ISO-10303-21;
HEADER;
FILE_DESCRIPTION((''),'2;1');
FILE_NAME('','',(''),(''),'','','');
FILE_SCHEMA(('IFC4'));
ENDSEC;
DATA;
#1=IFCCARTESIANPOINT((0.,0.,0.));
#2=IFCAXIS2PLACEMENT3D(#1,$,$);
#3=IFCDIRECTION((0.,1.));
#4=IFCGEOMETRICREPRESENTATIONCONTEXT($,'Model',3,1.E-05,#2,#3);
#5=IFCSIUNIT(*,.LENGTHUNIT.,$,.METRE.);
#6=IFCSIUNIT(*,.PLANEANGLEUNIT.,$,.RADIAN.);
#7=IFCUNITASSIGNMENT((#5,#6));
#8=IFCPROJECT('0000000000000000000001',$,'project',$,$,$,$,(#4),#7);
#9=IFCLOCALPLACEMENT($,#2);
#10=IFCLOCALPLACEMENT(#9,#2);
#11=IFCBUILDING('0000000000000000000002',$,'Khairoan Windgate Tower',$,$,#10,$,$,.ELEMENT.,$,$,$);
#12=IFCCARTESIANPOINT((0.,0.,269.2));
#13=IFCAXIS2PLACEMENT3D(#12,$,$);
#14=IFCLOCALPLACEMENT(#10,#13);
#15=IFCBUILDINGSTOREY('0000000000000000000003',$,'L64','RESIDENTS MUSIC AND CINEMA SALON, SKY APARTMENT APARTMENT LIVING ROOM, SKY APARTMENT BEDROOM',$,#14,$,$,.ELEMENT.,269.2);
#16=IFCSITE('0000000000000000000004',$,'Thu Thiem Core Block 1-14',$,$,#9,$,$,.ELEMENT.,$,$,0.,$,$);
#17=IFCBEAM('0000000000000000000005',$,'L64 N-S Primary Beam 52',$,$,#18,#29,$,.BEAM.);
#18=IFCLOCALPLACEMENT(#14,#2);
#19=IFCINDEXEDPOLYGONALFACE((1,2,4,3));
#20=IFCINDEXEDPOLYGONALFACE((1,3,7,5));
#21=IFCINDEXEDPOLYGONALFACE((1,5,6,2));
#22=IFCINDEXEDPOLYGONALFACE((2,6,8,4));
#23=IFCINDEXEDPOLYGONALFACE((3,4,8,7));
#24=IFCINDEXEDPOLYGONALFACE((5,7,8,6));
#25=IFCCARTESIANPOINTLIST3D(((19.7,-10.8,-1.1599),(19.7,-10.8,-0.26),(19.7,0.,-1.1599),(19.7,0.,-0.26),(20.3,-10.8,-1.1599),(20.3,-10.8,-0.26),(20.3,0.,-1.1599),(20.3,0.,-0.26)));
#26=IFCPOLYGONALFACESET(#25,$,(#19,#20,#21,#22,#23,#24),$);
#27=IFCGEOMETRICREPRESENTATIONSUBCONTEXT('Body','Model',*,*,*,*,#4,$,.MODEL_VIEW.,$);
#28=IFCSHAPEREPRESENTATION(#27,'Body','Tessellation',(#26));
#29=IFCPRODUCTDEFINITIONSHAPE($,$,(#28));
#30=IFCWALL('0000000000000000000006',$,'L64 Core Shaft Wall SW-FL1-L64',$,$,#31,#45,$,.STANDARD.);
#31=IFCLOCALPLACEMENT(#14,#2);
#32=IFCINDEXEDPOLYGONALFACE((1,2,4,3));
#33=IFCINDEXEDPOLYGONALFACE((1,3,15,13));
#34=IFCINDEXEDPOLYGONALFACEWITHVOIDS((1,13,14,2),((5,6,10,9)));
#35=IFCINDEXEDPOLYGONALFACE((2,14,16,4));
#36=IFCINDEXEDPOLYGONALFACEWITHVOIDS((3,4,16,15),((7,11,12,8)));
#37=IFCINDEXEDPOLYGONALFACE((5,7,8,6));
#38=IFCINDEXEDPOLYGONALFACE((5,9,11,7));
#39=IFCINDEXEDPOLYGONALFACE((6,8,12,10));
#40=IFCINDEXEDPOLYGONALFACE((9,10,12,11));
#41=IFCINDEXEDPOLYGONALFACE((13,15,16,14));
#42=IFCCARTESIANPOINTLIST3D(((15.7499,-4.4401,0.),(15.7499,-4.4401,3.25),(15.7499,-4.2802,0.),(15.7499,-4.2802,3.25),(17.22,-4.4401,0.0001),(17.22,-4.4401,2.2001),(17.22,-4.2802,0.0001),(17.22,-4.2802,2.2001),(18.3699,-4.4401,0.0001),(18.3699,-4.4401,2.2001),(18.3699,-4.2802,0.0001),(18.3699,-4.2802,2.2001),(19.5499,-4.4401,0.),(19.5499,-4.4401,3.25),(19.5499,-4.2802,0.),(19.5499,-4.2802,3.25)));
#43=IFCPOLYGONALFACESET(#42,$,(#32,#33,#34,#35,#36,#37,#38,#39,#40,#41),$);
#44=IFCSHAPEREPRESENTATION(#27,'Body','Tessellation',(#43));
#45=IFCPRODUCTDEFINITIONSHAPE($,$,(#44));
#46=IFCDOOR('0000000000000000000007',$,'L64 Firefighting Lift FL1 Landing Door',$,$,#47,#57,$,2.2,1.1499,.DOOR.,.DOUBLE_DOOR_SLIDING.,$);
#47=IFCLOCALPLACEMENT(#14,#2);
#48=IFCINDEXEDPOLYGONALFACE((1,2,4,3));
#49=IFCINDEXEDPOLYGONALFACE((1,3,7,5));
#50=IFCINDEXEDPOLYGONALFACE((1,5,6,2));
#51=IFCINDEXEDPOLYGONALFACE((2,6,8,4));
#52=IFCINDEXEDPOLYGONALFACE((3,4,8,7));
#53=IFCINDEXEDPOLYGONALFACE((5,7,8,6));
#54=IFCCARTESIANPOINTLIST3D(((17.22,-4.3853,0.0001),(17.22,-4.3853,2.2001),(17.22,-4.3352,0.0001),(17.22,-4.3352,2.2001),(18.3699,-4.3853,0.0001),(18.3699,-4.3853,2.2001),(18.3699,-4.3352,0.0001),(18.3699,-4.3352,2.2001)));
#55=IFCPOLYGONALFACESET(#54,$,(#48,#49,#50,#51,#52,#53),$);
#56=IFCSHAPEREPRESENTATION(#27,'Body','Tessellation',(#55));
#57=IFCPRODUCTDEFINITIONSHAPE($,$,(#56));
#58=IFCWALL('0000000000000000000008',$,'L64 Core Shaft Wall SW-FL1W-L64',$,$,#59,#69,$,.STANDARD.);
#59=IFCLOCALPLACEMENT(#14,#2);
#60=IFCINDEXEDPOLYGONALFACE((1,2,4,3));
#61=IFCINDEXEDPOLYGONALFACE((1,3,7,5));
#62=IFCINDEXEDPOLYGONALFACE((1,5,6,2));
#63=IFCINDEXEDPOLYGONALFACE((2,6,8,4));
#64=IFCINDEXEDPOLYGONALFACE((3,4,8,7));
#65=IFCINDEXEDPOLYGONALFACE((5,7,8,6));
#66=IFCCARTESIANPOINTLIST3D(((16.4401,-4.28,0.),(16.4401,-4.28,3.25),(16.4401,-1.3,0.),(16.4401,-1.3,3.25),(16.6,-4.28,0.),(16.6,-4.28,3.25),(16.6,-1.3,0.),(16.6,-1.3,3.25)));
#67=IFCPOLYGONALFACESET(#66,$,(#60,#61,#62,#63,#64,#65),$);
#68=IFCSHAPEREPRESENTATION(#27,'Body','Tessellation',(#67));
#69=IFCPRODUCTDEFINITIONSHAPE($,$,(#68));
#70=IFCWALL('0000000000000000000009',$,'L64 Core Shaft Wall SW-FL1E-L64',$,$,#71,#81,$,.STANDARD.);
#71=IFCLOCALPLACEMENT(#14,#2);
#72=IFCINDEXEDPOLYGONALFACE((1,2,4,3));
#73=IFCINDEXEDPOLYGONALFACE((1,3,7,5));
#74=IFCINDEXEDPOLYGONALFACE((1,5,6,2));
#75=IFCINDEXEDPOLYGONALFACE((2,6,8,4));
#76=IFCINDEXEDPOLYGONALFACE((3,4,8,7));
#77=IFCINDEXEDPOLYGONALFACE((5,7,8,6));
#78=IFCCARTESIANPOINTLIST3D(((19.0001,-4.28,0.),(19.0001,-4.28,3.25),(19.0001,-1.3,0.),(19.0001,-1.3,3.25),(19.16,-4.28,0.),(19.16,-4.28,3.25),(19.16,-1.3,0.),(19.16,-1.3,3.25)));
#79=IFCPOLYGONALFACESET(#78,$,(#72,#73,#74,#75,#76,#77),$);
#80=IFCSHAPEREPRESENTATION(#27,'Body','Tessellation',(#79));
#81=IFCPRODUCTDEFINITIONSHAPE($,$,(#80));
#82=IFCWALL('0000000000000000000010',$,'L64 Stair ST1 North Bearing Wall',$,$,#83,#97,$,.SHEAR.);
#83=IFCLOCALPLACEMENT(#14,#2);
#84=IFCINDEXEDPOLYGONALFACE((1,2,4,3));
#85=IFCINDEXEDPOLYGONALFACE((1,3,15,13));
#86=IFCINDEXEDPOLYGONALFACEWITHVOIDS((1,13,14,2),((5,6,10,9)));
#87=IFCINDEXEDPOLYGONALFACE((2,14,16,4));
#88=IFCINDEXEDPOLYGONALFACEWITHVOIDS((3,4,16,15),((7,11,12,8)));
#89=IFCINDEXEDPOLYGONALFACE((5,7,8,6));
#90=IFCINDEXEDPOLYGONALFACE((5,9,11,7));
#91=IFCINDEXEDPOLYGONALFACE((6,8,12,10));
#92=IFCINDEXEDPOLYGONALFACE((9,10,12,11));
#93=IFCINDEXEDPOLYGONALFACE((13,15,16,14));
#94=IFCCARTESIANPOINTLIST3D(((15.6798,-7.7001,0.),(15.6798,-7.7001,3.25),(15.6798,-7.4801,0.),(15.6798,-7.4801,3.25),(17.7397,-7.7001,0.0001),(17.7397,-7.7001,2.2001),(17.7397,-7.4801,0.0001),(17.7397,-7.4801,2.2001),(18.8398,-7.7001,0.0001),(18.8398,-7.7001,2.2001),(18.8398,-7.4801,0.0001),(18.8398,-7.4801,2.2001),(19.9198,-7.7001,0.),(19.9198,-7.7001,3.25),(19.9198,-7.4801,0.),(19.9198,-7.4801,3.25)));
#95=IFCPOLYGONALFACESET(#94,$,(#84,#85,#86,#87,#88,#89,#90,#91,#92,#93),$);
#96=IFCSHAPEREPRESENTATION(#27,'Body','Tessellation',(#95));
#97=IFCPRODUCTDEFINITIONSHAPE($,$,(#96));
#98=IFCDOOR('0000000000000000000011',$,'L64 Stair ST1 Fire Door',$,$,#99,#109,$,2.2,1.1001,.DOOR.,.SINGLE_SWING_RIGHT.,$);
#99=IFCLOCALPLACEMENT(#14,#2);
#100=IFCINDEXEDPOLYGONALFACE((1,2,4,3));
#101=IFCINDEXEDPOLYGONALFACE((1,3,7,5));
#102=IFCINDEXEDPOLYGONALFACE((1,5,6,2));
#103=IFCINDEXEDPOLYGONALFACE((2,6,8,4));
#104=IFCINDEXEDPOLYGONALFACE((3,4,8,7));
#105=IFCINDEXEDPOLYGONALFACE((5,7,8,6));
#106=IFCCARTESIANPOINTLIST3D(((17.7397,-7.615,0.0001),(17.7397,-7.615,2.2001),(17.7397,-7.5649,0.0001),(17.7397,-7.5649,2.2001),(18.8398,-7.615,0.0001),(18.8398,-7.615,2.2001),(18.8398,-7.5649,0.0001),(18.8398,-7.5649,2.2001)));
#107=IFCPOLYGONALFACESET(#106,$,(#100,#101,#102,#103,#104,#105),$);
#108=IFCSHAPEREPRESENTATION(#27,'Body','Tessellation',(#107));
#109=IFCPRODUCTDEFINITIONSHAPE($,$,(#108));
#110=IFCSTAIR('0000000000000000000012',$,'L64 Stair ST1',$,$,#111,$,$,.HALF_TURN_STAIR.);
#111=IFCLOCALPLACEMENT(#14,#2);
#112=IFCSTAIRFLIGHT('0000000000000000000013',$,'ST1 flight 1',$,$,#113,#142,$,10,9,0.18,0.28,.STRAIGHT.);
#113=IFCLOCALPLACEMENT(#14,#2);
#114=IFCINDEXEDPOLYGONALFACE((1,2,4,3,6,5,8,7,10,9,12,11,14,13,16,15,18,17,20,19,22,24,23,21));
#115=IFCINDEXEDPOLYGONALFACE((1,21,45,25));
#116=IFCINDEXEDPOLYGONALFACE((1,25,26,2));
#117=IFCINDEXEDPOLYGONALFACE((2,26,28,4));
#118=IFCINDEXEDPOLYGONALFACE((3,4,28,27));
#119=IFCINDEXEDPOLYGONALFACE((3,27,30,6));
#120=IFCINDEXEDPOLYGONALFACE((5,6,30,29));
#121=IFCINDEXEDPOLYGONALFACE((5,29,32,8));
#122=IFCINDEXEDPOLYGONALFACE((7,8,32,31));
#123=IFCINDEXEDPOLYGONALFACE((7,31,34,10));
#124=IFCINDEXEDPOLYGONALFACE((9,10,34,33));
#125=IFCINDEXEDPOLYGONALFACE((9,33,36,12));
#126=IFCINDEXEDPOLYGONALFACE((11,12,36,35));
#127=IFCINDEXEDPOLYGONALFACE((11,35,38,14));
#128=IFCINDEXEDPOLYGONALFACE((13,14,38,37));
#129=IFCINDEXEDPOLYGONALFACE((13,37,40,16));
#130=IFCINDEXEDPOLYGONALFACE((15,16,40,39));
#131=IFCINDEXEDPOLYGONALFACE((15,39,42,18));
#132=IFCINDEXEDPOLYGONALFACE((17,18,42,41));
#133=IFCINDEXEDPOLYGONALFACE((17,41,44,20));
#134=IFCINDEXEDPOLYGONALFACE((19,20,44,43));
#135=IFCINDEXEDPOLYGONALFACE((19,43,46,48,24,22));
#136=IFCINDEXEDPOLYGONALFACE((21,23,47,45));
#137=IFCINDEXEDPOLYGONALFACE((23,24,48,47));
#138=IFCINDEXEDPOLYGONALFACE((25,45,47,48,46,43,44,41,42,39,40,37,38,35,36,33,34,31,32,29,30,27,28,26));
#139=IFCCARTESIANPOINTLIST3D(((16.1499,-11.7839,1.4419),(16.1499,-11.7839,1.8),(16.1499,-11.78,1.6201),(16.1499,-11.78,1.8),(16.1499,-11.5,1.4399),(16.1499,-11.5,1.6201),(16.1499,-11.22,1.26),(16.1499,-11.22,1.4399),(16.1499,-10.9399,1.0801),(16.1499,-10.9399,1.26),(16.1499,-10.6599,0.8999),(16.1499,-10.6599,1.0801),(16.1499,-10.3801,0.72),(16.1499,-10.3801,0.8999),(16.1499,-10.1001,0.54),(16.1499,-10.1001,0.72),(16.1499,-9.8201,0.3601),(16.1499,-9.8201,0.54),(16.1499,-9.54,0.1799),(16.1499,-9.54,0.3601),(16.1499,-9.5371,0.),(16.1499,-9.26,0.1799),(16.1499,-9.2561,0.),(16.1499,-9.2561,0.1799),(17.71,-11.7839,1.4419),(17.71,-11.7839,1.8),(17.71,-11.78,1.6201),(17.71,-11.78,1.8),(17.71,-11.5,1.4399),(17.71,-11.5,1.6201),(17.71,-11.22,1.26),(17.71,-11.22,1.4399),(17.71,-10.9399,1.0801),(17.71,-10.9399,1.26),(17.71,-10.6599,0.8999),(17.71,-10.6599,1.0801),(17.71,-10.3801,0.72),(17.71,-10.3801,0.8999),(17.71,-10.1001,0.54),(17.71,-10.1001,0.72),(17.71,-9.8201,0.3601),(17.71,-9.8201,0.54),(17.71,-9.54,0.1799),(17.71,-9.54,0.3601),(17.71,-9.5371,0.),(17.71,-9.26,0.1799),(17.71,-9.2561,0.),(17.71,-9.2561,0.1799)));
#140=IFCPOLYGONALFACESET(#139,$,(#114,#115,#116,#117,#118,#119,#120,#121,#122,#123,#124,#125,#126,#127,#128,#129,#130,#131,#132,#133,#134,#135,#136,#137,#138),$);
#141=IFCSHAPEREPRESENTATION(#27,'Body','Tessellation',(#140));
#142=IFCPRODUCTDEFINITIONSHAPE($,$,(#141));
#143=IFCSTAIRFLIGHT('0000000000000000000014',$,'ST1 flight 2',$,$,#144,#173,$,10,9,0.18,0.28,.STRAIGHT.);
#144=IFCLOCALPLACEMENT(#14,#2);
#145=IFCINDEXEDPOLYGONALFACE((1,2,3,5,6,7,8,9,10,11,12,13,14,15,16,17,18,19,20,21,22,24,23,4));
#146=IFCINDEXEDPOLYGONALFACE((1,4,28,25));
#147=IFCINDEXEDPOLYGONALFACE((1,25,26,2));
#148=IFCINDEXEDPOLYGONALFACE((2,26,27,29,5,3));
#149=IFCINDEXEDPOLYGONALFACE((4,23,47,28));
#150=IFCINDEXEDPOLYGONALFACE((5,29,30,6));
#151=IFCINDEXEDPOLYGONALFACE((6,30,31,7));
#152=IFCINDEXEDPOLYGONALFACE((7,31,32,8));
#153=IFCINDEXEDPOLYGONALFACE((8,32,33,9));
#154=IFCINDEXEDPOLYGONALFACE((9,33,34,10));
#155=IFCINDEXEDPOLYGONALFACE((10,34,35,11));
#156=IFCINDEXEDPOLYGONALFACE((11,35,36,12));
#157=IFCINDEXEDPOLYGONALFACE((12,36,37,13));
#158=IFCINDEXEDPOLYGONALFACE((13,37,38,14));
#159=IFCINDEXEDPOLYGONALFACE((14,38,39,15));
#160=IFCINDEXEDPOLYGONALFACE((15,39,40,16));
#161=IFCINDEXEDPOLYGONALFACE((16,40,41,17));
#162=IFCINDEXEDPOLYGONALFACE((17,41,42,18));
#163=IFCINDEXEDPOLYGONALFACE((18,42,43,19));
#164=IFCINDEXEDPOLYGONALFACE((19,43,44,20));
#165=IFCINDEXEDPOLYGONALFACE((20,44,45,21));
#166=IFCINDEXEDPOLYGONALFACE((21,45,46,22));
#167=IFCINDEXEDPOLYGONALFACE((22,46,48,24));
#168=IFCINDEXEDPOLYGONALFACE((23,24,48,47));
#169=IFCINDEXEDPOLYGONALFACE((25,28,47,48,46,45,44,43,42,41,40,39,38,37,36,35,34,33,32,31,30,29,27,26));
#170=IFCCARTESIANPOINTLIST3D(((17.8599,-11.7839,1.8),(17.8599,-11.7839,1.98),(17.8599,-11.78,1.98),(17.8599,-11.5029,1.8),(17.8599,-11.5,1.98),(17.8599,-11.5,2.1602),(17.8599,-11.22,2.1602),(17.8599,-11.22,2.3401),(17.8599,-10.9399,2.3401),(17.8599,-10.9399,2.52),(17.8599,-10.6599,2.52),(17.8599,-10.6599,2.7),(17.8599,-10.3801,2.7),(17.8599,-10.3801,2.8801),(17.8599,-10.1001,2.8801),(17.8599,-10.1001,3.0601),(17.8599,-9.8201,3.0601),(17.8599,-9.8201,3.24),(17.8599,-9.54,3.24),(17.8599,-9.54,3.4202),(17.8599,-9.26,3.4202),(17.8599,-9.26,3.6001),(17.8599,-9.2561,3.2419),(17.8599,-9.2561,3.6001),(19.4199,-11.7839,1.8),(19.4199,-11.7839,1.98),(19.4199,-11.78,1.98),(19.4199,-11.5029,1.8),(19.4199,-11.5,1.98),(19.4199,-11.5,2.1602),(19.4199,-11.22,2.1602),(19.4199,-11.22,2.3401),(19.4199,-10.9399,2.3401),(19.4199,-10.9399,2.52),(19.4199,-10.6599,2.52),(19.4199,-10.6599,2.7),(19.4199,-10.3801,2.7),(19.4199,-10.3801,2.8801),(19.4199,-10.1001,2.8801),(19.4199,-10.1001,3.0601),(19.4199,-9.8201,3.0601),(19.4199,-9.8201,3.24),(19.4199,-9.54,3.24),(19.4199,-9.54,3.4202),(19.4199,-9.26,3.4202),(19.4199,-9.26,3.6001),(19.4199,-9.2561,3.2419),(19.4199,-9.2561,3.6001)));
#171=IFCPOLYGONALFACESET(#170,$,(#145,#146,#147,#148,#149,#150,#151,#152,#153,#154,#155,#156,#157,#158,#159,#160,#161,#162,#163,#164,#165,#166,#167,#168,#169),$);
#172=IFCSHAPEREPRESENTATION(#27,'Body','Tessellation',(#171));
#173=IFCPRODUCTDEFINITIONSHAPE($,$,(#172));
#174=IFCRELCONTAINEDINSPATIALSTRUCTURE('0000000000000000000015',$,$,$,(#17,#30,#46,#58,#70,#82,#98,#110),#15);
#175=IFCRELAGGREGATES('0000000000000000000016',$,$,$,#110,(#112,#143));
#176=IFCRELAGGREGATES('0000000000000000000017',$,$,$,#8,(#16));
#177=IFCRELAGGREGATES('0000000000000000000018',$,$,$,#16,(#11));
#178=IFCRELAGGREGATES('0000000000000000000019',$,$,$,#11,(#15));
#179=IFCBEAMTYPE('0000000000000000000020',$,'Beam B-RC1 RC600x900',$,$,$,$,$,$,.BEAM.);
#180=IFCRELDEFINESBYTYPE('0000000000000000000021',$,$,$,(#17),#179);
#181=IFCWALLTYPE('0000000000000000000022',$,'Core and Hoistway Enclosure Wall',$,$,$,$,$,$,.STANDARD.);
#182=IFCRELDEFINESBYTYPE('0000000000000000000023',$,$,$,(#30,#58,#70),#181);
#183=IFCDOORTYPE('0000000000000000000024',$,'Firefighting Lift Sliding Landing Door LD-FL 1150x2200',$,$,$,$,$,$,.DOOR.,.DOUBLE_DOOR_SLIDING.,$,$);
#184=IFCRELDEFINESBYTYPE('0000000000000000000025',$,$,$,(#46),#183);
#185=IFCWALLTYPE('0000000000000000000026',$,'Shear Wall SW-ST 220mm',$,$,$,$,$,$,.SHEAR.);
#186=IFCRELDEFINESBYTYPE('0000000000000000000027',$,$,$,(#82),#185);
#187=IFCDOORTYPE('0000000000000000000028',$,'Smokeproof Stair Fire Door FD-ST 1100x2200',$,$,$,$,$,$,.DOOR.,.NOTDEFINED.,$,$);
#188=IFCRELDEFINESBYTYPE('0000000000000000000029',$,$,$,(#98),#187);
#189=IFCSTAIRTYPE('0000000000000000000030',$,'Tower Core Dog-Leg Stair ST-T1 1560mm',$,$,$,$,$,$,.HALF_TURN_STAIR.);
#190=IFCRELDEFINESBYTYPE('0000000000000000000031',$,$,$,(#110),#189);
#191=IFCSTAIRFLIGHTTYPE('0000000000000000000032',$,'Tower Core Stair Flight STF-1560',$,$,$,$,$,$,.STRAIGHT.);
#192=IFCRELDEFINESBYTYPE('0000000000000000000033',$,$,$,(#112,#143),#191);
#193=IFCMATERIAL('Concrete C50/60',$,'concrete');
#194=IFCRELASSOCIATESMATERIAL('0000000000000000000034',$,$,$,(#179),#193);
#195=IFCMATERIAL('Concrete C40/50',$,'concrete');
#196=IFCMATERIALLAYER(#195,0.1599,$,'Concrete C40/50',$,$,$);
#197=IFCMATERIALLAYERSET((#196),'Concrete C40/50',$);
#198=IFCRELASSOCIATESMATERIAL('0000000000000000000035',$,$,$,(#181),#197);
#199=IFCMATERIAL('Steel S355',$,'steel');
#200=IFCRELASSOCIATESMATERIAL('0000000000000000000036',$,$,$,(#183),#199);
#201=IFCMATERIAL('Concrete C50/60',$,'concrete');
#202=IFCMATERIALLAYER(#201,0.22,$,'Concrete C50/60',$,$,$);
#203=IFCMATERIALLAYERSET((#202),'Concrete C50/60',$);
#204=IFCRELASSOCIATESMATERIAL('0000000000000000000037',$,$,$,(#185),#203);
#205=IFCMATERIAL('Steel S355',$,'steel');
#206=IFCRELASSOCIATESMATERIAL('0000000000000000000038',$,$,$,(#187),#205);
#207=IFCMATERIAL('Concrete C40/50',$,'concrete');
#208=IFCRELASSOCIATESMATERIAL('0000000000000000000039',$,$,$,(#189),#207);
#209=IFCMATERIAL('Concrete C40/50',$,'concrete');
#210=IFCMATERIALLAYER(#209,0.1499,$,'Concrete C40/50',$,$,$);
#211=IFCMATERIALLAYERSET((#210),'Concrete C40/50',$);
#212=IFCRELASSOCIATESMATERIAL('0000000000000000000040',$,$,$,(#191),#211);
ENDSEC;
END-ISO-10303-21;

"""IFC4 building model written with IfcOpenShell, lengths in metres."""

from ifc_helpers import new_model, si_unit, direction, frame, frame_2d, origin, origin_2d, place, context, subcontext, project, spatial, polyline, rectangle, outline, extrude, material, layer, layer_set, material_profile, profile_set, type_object, element, fill, aggregate, save


model = new_model("IFC4")

# Units and contexts
model_context = context("Model", 3, precision=1e-05, world=origin(), true_north=direction((0.0, 1.0)))
body_context = subcontext(model_context, "Body", "Model", "MODEL_VIEW")
ifc_project = project(units=[si_unit("LENGTHUNIT", "METRE"), si_unit("PLANEANGLEUNIT", "RADIAN")], contexts=[model_context])

# Site, building, storey
site_placement = place(None, origin())
site = spatial("IfcSite", under=ifc_project, at=site_placement, Name="Thu Thiem Core Block 1-14", CompositionType="ELEMENT", RefElevation=0.0)
building_placement = place(site_placement, origin())
building = spatial("IfcBuilding", under=site, at=building_placement, Name="Khairoan Windgate Tower", CompositionType="ELEMENT")
storey_placement = place(building_placement, frame((0.0, 0.0, 269.2)))
storey = spatial("IfcBuildingStorey", under=building, at=storey_placement, Name="L64", Description="RESIDENTS MUSIC AND CINEMA SALON, SKY APARTMENT APARTMENT LIVING ROOM, SKY APARTMENT BEDROOM", CompositionType="ELEMENT", Elevation=269.2)

# Beam
ifc_material_1 = material(Name="Concrete C50/60", Category="concrete")
ifc_material_profile = material_profile(ifc_material_1, rectangle(XDim=0.6001, YDim=0.8999, at=origin_2d()))
ifc_profile_set = profile_set([ifc_material_profile], Name="Concrete C50/60")
beam_type = type_object("IfcBeamType", Name="Beam B-RC1 RC600x900", PredefinedType="BEAM", material=ifc_profile_set)
beam_placement = place(storey_placement, frame((20.0, -10.8, -0.71), z_axis=(0.0, 1.0, 0.0), x_axis=(-1.0, 0.0, 0.0)))
element("IfcBeam", 1, at=beam_placement, inside=storey, type_object=beam_type, Name="L64 N-S Primary Beam 52", PredefinedType="BEAM", context=body_context, shape_type="SweptSolid", body=[
    extrude(rectangle(XDim=0.6001, YDim=0.8999, at=origin_2d()), origin(), (0.0, 0.0, 1.0), 10.8),
])

# Wall, opening, door
ifc_material_2 = material(Name="Concrete C40/50", Category="concrete")
ifc_layer_1 = layer(ifc_material_2, 0.1599, Name="Concrete C40/50")
ifc_layer_set_1 = layer_set([ifc_layer_1], Name="Concrete C40/50")
wall_type_1 = type_object("IfcWallType", Name="Core and Hoistway Enclosure Wall", PredefinedType="STANDARD", material=ifc_layer_set_1)
wall_1_placement = place(storey_placement, frame((15.75, -4.3601, 0.0), z_axis=(0.0, 0.0, 1.0), x_axis=(1.0, 0.0, 0.0)))
wall_1 = element("IfcWall", 2, at=wall_1_placement, inside=storey, type_object=wall_type_1, Name="L64 Core Shaft Wall SW-FL1-L64", PredefinedType="STANDARD", context=body_context, shape_type="SweptSolid", body=[
    extrude(rectangle(XDim=3.8, YDim=0.1599, at=frame_2d((1.8999, 0.0))), origin(), (0.0, 0.0, 1.0), 3.25),
])
opening_1_placement = place(wall_1_placement, frame((1.47, 0.0, 0.0)))
opening_1 = element("IfcOpeningElement", 3, at=opening_1_placement, cuts=wall_1, PredefinedType="OPENING", context=body_context, shape_type="SweptSolid", body=[
    extrude(rectangle(XDim=1.1499, YDim=2.2, at=frame_2d((0.575, 1.1001))), frame((0.0, 0.0898, 0.0), z_axis=(0.0, -1.0, 0.0), x_axis=(1.0, 0.0, 0.0)), (0.0, 0.0, 1.0), 0.1799),
])
ifc_material_3 = material(Name="Steel S355", Category="steel")
door_type_1 = type_object("IfcDoorType", Name="Firefighting Lift Sliding Landing Door LD-FL 1150x2200", OperationType="DOUBLE_DOOR_SLIDING", PredefinedType="DOOR", material=ifc_material_3)
door_1_placement = place(opening_1_placement, origin())
door_1 = element("IfcDoor", 4, at=door_1_placement, inside=storey, type_object=door_type_1, Name="L64 Firefighting Lift FL1 Landing Door", OperationType="DOUBLE_DOOR_SLIDING", OverallHeight=2.2, OverallWidth=1.1499, PredefinedType="DOOR", context=body_context, shape_type="SweptSolid", body=[
    extrude(rectangle(XDim=1.1499, YDim=2.2, at=frame_2d((0.575, 1.1001))), frame((0.0, 0.0249, 0.0), z_axis=(0.0, -1.0, 0.0), x_axis=(1.0, 0.0, 0.0)), (0.0, 0.0, 1.0), 0.05),
])
fill(opening_1, door_1)

# Walls
for number, where, z_axis, x_axis, name in (
    (5, (16.52, -4.28, 0.0), (0.0, 0.0, 1.0), (0.0, 1.0, 0.0), "L64 Core Shaft Wall SW-FL1W-L64"),
    (6, (19.0801, -4.28, 0.0), (0.0, 0.0, 1.0), (0.0, 1.0, 0.0), "L64 Core Shaft Wall SW-FL1E-L64"),
):
    element("IfcWall", number, at=place(storey_placement, frame(where, z_axis=z_axis, x_axis=x_axis)), inside=storey, type_object=wall_type_1, Name=name, PredefinedType="STANDARD", context=body_context, shape_type="SweptSolid", body=[
        extrude(rectangle(XDim=2.98, YDim=0.1599, at=frame_2d((1.49, 0.0))), origin(), (0.0, 0.0, 1.0), 3.25),
    ])

# Wall, opening, door
ifc_material_4 = material(Name="Concrete C50/60", Category="concrete")
ifc_layer_2 = layer(ifc_material_4, 0.22, Name="Concrete C50/60")
ifc_layer_set_2 = layer_set([ifc_layer_2], Name="Concrete C50/60")
wall_type_2 = type_object("IfcWallType", Name="Shear Wall SW-ST 220mm", PredefinedType="SHEAR", material=ifc_layer_set_2)
wall_2_placement = place(storey_placement, frame((19.9199, -7.5901, 0.0), z_axis=(0.0, 0.0, 1.0), x_axis=(-1.0, 0.0, 0.0)))
wall_2 = element("IfcWall", 7, at=wall_2_placement, inside=storey, type_object=wall_type_2, Name="L64 Stair ST1 North Bearing Wall", PredefinedType="SHEAR", context=body_context, shape_type="SweptSolid", body=[
    extrude(rectangle(XDim=4.24, YDim=0.22, at=frame_2d((2.1201, 0.0))), origin(), (0.0, 0.0, 1.0), 3.25),
])
opening_2_placement = place(wall_2_placement, frame((1.0801, 0.0, 0.0)))
opening_2 = element("IfcOpeningElement", 8, at=opening_2_placement, cuts=wall_2, PredefinedType="OPENING", context=body_context, shape_type="SweptSolid", body=[
    extrude(rectangle(XDim=1.1001, YDim=2.2, at=frame_2d((0.55, 1.1001))), frame((0.0, 0.1199, 0.0), z_axis=(0.0, -1.0, 0.0), x_axis=(1.0, 0.0, 0.0)), (0.0, 0.0, 1.0), 0.24),
])
ifc_material_5 = material(Name="Steel S355", Category="steel")
door_type_2 = type_object("IfcDoorType", Name="Smokeproof Stair Fire Door FD-ST 1100x2200", OperationType="NOTDEFINED", PredefinedType="DOOR", material=ifc_material_5)
door_2_placement = place(opening_2_placement, origin())
door_2 = element("IfcDoor", 9, at=door_2_placement, inside=storey, type_object=door_type_2, Name="L64 Stair ST1 Fire Door", OperationType="SINGLE_SWING_RIGHT", OverallHeight=2.2, OverallWidth=1.1001, PredefinedType="DOOR", context=body_context, shape_type="SweptSolid", body=[
    extrude(rectangle(XDim=1.1001, YDim=2.2, at=frame_2d((0.55, 1.1001))), frame((0.0, 0.0249, 0.0), z_axis=(0.0, -1.0, 0.0), x_axis=(1.0, 0.0, 0.0)), (0.0, 0.0, 1.0), 0.05),
])
fill(opening_2, door_2)

# Stair, stair flights
ifc_material_6 = material(Name="Concrete C40/50", Category="concrete")
stair_type = type_object("IfcStairType", Name="Tower Core Dog-Leg Stair ST-T1 1560mm", PredefinedType="HALF_TURN_STAIR", material=ifc_material_6)
stair_placement = place(storey_placement, origin())
stair = element("IfcStair", 10, at=stair_placement, inside=storey, type_object=stair_type, Name="L64 Stair ST1", PredefinedType="HALF_TURN_STAIR")
ifc_material_7 = material(Name="Concrete C40/50", Category="concrete")
ifc_layer_3 = layer(ifc_material_7, 0.1499, Name="Concrete C40/50")
ifc_layer_set_3 = layer_set([ifc_layer_3], Name="Concrete C40/50")
stair_flight_type = type_object("IfcStairFlightType", Name="Tower Core Stair Flight STF-1560", PredefinedType="STRAIGHT", material=ifc_layer_set_3)
stair_flight_1_placement = place(storey_placement, frame((16.9299, -9.26, 0.0), z_axis=(0.0, 0.0, 1.0), x_axis=(0.0, -1.0, 0.0)))
stair_flight_1 = element("IfcStairFlight", 11, at=stair_flight_1_placement, type_object=stair_flight_type, Name="ST1 flight 1", NumberOfRisers=10, NumberOfTreads=9, PredefinedType="STRAIGHT", RiserHeight=0.18, TreadLength=0.28, context=body_context, shape_type="SweptSolid", body=[
    extrude(outline(polyline([(-0.0039, 0.0), (-0.0039, 0.1799), (0.0, 0.1799), (0.28, 0.1799), (0.28, 0.3601), (0.5601, 0.3601), (0.5601, 0.54), (0.8401, 0.54), (0.8401, 0.72), (1.1201, 0.72), (1.1201, 0.8999), (1.3999, 0.8999), (1.3999, 1.0801), (1.6799, 1.0801), (1.6799, 1.26), (1.96, 1.26), (1.96, 1.4399), (2.24, 1.4399), (2.24, 1.6201), (2.52, 1.6201), (2.52, 1.8), (2.5239, 1.8), (2.5239, 1.4419), (0.2771, 0.0), (-0.0039, 0.0)])), frame((0.0, 0.78, 0.0), z_axis=(0.0, -1.0, 0.0), x_axis=(1.0, 0.0, 0.0)), (0.0, 0.0, 1.0), 1.5601),
])
stair_flight_2_placement = place(storey_placement, frame((18.6399, -11.78, 1.8), z_axis=(0.0, 0.0, 1.0), x_axis=(0.0, 1.0, 0.0)))
stair_flight_2 = element("IfcStairFlight", 12, at=stair_flight_2_placement, type_object=stair_flight_type, Name="ST1 flight 2", NumberOfRisers=10, NumberOfTreads=9, PredefinedType="STRAIGHT", RiserHeight=0.18, TreadLength=0.28, context=body_context, shape_type="SweptSolid", body=[
    extrude(outline(polyline([(-0.0039, 0.0), (-0.0039, 0.1799), (0.0, 0.1799), (0.28, 0.1799), (0.28, 0.3601), (0.5601, 0.3601), (0.5601, 0.54), (0.8401, 0.54), (0.8401, 0.72), (1.1201, 0.72), (1.1201, 0.8999), (1.3999, 0.8999), (1.3999, 1.0801), (1.6799, 1.0801), (1.6799, 1.26), (1.96, 1.26), (1.96, 1.4399), (2.24, 1.4399), (2.24, 1.6201), (2.52, 1.6201), (2.52, 1.8), (2.5239, 1.8), (2.5239, 1.4419), (0.2771, 0.0), (-0.0039, 0.0)])), frame((0.0, 0.78, 0.0), z_axis=(0.0, -1.0, 0.0), x_axis=(1.0, 0.0, 0.0)), (0.0, 0.0, 1.0), 1.5601),
])
aggregate(stair, [stair_flight_1, stair_flight_2])

save(model, "model.ifc")
